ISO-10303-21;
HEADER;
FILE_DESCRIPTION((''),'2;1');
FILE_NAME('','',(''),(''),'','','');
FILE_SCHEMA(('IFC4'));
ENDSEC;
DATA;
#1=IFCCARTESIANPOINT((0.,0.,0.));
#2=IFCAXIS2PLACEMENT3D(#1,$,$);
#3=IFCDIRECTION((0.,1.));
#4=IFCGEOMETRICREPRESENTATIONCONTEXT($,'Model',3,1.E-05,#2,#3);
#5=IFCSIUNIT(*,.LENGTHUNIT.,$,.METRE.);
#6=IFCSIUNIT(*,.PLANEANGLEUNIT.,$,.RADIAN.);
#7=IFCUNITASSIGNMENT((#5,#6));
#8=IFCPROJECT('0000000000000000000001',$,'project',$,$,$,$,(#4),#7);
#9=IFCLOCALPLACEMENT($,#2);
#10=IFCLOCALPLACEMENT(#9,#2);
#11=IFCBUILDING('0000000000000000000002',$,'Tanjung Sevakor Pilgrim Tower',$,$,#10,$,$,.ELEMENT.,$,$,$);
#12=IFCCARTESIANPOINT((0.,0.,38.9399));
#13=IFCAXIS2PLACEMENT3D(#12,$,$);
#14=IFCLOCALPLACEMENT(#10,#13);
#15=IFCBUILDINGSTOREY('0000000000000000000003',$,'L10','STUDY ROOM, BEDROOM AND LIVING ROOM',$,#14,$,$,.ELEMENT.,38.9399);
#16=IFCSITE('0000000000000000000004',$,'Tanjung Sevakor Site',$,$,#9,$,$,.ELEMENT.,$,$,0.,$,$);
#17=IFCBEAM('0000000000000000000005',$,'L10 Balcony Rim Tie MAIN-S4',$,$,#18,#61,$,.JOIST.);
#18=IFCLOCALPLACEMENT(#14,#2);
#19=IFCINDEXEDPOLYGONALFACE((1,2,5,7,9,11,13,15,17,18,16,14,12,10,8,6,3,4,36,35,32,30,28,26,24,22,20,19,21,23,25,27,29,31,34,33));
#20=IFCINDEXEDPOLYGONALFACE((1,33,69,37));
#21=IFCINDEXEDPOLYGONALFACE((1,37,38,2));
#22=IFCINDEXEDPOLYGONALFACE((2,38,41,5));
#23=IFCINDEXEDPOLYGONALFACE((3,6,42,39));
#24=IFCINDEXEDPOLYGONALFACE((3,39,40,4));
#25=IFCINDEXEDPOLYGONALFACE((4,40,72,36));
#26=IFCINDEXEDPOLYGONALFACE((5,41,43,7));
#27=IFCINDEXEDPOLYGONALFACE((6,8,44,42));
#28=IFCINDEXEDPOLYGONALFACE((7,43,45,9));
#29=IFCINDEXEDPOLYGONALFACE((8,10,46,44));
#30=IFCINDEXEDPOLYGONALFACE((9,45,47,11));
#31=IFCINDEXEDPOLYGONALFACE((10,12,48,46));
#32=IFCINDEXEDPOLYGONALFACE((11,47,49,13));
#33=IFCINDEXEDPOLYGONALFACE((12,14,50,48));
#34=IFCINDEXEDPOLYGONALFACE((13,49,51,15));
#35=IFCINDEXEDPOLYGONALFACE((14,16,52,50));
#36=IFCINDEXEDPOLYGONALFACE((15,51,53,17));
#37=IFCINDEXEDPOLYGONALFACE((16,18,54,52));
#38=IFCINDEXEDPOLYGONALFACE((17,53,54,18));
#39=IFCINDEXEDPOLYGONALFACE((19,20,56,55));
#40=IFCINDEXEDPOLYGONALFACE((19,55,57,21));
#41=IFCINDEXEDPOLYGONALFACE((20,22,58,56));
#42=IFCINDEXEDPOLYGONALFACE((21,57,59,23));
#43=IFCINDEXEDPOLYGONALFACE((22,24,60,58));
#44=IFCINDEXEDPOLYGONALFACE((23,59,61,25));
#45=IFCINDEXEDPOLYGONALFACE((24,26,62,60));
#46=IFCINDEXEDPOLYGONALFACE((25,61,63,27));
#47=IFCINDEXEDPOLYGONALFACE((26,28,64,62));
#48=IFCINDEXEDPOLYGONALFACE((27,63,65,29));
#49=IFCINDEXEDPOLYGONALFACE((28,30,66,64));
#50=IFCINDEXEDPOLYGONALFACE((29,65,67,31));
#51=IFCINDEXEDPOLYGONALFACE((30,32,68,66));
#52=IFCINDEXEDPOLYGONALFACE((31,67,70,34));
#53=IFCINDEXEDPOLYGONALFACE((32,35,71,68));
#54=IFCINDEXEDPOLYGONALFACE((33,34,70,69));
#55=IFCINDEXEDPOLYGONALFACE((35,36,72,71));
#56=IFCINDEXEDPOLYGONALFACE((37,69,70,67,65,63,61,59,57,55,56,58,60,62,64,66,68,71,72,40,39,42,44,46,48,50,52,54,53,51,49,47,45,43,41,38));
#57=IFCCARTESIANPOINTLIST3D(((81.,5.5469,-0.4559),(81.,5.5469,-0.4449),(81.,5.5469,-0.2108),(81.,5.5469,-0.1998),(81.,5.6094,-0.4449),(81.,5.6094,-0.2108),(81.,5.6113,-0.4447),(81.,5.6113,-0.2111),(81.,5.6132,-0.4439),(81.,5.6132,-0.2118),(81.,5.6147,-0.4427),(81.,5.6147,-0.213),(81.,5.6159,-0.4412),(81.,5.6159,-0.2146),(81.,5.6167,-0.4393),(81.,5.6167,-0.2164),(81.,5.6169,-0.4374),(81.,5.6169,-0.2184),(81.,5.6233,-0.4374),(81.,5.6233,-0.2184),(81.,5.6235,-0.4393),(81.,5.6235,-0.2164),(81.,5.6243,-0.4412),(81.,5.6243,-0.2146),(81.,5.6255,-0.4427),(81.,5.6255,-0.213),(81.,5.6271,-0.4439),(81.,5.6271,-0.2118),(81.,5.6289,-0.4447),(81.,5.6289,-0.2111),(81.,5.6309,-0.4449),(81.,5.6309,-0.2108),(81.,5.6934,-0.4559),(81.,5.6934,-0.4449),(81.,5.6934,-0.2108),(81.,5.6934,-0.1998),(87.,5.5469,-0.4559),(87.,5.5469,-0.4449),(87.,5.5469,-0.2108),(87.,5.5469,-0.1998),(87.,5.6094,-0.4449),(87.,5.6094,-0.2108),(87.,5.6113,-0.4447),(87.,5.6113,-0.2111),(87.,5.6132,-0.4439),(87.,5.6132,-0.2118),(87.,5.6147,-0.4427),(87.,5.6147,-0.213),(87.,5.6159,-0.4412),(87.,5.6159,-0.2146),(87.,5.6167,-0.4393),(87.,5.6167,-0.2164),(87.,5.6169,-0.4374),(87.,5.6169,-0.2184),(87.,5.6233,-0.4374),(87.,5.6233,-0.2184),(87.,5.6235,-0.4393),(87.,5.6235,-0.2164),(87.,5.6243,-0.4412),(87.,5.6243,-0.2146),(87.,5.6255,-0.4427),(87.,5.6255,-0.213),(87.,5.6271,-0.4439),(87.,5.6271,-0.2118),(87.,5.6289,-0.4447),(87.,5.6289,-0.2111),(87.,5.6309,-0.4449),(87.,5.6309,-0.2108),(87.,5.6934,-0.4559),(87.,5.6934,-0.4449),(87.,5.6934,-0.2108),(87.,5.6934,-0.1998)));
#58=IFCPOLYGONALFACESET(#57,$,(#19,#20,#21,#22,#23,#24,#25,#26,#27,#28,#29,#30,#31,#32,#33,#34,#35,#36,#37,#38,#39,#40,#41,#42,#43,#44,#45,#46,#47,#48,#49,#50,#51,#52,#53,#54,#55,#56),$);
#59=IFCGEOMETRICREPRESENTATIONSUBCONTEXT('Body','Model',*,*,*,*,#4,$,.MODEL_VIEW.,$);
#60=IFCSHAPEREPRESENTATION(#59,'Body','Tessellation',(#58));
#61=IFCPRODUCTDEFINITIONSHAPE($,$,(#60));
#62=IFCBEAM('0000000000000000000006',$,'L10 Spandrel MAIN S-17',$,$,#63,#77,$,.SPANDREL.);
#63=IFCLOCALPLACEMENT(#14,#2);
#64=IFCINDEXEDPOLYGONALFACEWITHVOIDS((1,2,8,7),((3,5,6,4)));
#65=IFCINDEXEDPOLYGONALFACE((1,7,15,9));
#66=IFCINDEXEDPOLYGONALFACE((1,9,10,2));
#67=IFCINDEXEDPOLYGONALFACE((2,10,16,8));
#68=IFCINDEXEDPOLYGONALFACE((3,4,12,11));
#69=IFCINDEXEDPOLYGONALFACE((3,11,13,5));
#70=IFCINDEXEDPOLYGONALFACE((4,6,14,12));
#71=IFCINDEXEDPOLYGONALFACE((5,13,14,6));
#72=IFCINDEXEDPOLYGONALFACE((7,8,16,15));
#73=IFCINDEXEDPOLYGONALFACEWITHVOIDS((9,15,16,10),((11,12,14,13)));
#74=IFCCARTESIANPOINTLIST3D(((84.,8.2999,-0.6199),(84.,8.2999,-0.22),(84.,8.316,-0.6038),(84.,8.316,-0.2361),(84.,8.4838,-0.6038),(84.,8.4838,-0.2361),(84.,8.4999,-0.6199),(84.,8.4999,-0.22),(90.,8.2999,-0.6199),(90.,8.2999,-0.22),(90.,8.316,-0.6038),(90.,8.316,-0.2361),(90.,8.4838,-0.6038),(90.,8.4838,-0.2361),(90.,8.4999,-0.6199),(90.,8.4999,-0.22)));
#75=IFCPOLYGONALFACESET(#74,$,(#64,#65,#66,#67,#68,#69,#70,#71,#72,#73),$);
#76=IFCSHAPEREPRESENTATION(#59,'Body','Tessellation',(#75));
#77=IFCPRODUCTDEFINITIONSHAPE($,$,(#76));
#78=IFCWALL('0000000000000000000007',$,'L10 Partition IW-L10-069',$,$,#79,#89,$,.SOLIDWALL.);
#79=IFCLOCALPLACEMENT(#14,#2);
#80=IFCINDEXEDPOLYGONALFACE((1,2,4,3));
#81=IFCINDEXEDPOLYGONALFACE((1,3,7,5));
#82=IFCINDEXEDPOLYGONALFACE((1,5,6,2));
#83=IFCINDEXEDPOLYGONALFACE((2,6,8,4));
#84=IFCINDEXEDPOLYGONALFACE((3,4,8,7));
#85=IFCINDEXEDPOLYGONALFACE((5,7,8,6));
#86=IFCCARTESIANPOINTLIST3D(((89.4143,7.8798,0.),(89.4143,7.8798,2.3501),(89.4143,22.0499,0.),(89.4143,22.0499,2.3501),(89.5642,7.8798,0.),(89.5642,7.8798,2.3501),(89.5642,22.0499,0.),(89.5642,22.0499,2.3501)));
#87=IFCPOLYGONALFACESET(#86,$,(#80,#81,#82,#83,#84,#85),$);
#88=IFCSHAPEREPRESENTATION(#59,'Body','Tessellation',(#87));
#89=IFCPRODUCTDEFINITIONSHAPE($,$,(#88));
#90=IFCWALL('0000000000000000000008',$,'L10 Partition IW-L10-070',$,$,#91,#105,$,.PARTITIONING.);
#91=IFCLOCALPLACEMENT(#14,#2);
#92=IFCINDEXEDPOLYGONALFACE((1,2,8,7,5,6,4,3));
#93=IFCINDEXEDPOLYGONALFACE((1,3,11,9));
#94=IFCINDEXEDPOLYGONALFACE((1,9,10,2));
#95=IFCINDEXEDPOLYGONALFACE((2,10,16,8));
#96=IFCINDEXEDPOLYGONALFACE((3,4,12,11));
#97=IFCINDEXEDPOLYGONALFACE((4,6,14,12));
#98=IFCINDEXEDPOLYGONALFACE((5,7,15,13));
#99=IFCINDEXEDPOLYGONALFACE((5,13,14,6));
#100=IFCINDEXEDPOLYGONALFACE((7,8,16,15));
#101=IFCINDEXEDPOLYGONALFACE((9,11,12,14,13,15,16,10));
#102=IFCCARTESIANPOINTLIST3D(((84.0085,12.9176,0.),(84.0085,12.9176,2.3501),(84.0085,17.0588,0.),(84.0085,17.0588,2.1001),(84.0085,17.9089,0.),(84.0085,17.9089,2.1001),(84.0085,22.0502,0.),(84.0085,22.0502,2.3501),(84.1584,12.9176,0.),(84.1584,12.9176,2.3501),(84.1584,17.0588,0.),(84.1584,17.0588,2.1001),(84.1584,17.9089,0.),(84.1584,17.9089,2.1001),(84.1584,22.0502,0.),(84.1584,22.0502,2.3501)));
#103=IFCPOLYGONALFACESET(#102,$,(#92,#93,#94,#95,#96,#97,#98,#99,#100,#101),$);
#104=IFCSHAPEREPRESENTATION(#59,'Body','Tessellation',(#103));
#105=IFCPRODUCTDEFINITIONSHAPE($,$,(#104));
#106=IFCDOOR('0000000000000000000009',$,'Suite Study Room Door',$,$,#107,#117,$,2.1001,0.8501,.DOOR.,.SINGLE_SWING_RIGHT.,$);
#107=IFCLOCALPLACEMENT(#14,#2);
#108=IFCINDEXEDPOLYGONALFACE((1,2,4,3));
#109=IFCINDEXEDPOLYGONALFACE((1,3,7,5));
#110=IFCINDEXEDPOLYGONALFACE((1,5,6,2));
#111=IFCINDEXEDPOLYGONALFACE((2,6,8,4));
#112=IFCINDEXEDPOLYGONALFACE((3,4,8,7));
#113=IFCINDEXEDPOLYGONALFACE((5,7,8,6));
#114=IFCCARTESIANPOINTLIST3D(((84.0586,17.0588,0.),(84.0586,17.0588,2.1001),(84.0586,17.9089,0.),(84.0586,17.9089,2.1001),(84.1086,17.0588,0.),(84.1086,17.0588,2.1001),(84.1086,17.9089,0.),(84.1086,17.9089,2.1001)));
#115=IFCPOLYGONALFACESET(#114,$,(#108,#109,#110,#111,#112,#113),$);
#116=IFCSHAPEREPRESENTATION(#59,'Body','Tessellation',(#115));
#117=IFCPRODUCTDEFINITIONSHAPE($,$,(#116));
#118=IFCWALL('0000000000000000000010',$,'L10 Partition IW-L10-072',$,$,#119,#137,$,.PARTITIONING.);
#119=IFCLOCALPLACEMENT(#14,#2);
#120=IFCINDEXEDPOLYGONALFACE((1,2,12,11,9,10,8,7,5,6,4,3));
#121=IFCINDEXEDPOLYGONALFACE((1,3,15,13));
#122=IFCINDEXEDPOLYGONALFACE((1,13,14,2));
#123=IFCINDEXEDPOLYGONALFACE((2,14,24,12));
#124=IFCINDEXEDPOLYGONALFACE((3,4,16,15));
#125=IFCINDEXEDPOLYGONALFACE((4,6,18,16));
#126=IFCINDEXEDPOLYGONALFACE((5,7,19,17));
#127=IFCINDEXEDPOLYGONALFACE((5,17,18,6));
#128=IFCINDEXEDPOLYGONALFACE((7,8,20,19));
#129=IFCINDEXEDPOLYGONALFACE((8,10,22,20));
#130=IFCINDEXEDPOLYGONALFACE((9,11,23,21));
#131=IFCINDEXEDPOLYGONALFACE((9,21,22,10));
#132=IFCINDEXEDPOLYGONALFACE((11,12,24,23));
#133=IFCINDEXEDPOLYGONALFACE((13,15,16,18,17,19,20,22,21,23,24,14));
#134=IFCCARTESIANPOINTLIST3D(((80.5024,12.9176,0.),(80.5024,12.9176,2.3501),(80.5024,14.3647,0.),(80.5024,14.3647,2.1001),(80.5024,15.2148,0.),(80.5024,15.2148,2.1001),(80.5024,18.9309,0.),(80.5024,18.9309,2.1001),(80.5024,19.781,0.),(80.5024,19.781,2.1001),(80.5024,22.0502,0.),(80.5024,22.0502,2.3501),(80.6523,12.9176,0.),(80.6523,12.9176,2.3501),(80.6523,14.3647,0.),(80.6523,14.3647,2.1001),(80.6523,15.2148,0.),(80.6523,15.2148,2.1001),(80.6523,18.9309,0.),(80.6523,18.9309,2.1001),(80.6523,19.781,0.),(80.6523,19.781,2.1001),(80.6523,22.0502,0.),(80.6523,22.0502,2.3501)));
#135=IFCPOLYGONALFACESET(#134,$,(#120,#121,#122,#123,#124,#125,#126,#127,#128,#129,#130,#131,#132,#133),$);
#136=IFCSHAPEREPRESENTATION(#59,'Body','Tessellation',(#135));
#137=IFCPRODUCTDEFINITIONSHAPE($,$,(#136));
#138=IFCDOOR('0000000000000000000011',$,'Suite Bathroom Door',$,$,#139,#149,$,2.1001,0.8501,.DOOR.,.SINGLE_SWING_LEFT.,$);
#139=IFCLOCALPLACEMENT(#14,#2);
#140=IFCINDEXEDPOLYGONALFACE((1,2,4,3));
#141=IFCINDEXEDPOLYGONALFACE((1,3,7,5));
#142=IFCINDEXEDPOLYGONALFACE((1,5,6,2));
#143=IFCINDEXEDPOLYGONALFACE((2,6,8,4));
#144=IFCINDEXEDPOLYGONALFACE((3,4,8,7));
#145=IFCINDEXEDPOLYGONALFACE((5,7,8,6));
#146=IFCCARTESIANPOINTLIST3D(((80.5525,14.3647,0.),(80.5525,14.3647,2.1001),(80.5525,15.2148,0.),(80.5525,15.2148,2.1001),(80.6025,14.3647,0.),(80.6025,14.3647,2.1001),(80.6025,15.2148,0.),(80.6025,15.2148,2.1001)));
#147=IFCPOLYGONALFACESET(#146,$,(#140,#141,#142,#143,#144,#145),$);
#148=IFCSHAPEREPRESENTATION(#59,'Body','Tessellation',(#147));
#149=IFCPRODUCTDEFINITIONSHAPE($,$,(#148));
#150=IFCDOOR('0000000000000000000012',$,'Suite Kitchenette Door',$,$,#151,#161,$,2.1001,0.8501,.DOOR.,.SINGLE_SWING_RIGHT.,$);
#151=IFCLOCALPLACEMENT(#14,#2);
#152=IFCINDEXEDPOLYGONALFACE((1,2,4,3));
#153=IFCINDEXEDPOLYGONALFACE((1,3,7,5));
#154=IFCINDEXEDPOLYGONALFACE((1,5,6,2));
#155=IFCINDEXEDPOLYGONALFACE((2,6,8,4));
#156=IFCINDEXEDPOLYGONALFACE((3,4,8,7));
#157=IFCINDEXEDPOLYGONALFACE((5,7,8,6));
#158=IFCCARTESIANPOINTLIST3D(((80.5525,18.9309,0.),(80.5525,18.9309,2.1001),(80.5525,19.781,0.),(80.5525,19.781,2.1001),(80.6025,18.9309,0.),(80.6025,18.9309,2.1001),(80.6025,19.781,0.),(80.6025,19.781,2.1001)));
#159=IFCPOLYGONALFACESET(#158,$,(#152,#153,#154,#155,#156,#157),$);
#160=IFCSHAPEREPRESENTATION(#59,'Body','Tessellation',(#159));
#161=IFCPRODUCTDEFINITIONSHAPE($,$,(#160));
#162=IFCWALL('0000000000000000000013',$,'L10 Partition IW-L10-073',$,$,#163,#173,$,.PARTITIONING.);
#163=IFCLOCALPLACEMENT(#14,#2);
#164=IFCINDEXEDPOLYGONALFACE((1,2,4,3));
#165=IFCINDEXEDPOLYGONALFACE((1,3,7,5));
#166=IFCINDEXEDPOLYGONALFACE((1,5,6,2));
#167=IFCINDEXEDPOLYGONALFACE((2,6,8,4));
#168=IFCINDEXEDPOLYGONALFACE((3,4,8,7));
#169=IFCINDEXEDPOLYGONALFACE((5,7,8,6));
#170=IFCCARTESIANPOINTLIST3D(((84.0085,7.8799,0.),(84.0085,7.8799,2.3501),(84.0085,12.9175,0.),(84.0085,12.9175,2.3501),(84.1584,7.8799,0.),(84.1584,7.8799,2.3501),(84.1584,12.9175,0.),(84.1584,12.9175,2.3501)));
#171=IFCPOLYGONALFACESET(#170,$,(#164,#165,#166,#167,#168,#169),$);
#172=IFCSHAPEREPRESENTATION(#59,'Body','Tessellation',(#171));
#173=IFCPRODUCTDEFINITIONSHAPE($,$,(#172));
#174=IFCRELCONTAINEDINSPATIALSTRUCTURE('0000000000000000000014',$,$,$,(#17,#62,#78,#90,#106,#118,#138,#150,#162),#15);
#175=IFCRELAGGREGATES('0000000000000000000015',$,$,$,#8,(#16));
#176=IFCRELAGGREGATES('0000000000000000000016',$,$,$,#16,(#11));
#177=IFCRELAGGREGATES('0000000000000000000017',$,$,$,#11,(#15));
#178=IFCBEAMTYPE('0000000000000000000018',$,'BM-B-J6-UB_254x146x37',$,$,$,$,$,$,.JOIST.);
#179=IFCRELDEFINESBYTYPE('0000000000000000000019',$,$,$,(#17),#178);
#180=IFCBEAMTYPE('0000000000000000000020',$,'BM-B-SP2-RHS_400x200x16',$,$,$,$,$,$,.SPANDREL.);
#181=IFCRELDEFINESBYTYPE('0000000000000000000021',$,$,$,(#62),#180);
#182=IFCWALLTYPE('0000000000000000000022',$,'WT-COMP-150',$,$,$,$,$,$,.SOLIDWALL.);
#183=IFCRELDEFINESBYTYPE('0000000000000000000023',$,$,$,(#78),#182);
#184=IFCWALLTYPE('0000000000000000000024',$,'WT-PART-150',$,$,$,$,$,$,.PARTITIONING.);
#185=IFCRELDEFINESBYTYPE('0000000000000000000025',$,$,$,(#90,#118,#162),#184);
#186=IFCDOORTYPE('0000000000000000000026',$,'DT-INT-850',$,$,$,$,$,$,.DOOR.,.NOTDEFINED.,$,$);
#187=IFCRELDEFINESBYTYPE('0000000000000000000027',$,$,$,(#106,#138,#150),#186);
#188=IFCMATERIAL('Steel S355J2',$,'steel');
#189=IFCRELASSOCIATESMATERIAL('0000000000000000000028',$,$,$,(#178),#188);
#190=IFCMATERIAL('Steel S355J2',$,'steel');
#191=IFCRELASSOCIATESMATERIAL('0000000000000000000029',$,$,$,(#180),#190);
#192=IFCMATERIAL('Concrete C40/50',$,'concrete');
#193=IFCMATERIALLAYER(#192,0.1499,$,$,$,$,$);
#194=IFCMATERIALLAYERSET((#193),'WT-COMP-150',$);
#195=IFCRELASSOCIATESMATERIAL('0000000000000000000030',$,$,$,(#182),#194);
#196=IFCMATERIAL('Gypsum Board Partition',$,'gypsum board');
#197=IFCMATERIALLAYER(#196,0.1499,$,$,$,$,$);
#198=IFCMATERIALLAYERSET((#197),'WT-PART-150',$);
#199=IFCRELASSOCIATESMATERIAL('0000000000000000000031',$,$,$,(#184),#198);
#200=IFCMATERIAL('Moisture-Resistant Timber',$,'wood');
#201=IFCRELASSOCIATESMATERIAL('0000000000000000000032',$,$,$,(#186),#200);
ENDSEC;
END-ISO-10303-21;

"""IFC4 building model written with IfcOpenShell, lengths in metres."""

from ifc_helpers import new_model, si_unit, direction, frame, frame_2d, origin, origin_2d, place, context, subcontext, project, spatial, rectangle, hollow_rectangle, i_section, extrude, material, layer, layer_set, material_profile, profile_set, type_object, element, fill, save


model = new_model("IFC4")

# Units and contexts
model_context = context("Model", 3, precision=1e-05, world=origin(), true_north=direction((0.0, 1.0)))
body_context = subcontext(model_context, "Body", "Model", "MODEL_VIEW")
ifc_project = project(units=[si_unit("LENGTHUNIT", "METRE"), si_unit("PLANEANGLEUNIT", "RADIAN")], contexts=[model_context])

# Site, building, storey
site_placement = place(None, origin())
site = spatial("IfcSite", under=ifc_project, at=site_placement, Name="Tanjung Sevakor Site", CompositionType="ELEMENT", RefElevation=0.0)
building_placement = place(site_placement, origin())
building = spatial("IfcBuilding", under=site, at=building_placement, Name="Tanjung Sevakor Pilgrim Tower", CompositionType="ELEMENT")
storey_placement = place(building_placement, frame((0.0, 0.0, 38.9399)))
storey = spatial("IfcBuildingStorey", under=building, at=storey_placement, Name="L10", Description="STUDY ROOM, BEDROOM AND LIVING ROOM", CompositionType="ELEMENT", Elevation=38.9399)

# Beams
ifc_material_1 = material(Name="Steel S355J2", Category="steel")
ifc_material_profile_1 = material_profile(ifc_material_1, i_section(OverallWidth=0.1465, OverallDepth=0.2561, WebThickness=0.0063, FlangeThickness=0.011, FilletRadius=0.0076, at=origin_2d()))
ifc_profile_set_1 = profile_set([ifc_material_profile_1], Name="Steel S355J2")
beam_type_1 = type_object("IfcBeamType", Name="BM-B-J6-UB_254x146x37", PredefinedType="JOIST", material=ifc_profile_set_1)
beam_1_placement = place(storey_placement, frame((81.0, 5.6201, -0.3279), z_axis=(1.0, 0.0, 0.0), x_axis=(0.0, 1.0, 0.0)))
element("IfcBeam", 1, at=beam_1_placement, inside=storey, type_object=beam_type_1, Name="L10 Balcony Rim Tie MAIN-S4", PredefinedType="JOIST", context=body_context, shape_type="SweptSolid", body=[
    extrude(i_section(OverallWidth=0.1465, OverallDepth=0.2561, WebThickness=0.0063, FlangeThickness=0.011, FilletRadius=0.0076, at=origin_2d()), origin(), (0.0, 0.0, 1.0), 6.0),
])
ifc_material_2 = material(Name="Steel S355J2", Category="steel")
ifc_material_profile_2 = material_profile(ifc_material_2, hollow_rectangle(XDim=0.2, YDim=0.3999, WallThickness=0.0161, at=origin_2d()))
ifc_profile_set_2 = profile_set([ifc_material_profile_2], Name="Steel S355J2")
beam_type_2 = type_object("IfcBeamType", Name="BM-B-SP2-RHS_400x200x16", PredefinedType="SPANDREL", material=ifc_profile_set_2)
beam_2_placement = place(storey_placement, frame((84.0, 8.3999, -0.4199), z_axis=(1.0, 0.0, 0.0), x_axis=(0.0, 1.0, 0.0)))
element("IfcBeam", 2, at=beam_2_placement, inside=storey, type_object=beam_type_2, Name="L10 Spandrel MAIN S-17", PredefinedType="SPANDREL", context=body_context, shape_type="SweptSolid", body=[
    extrude(hollow_rectangle(XDim=0.2, YDim=0.3999, WallThickness=0.0161, at=origin_2d()), origin(), (0.0, 0.0, 1.0), 6.0),
])

# Wall
ifc_material_3 = material(Name="Concrete C40/50", Category="concrete")
ifc_layer_1 = layer(ifc_material_3, 0.1499)
ifc_layer_set_1 = layer_set([ifc_layer_1], Name="WT-COMP-150")
wall_type_1 = type_object("IfcWallType", Name="WT-COMP-150", PredefinedType="SOLIDWALL", material=ifc_layer_set_1)
wall_1_placement = place(storey_placement, frame((89.4893, 7.8799, 0.0), z_axis=(0.0, 0.0, 1.0), x_axis=(0.0, 1.0, 0.0)))
element("IfcWall", 3, at=wall_1_placement, inside=storey, type_object=wall_type_1, Name="L10 Partition IW-L10-069", PredefinedType="SOLIDWALL", context=body_context, shape_type="SweptSolid", body=[
    extrude(rectangle(XDim=14.1702, YDim=0.1499, at=frame_2d((7.085, 0.0))), origin(), (0.0, 0.0, 1.0), 2.3501),
])

# Wall, opening, door
ifc_material_4 = material(Name="Gypsum Board Partition", Category="gypsum board")
ifc_layer_2 = layer(ifc_material_4, 0.1499)
ifc_layer_set_2 = layer_set([ifc_layer_2], Name="WT-PART-150")
wall_type_2 = type_object("IfcWallType", Name="WT-PART-150", PredefinedType="PARTITIONING", material=ifc_layer_set_2)
wall_2_placement = place(storey_placement, frame((84.0835, 12.9175, 0.0), z_axis=(0.0, 0.0, 1.0), x_axis=(0.0, 1.0, 0.0)))
wall_2 = element("IfcWall", 4, at=wall_2_placement, inside=storey, type_object=wall_type_2, Name="L10 Partition IW-L10-070", PredefinedType="PARTITIONING", context=body_context, shape_type="SweptSolid", body=[
    extrude(rectangle(XDim=9.1326, YDim=0.1499, at=frame_2d((4.5664, 0.0))), origin(), (0.0, 0.0, 1.0), 2.3501),
])
opening_1_placement = place(wall_2_placement, frame((4.1414, 0.0, 0.0)))
opening_1 = element("IfcOpeningElement", 5, at=opening_1_placement, cuts=wall_2, PredefinedType="OPENING", context=body_context, shape_type="SweptSolid", body=[
    extrude(rectangle(XDim=0.8501, YDim=2.1001, at=frame_2d((0.425, 1.05))), frame((0.0, 0.085, 0.0), z_axis=(0.0, -1.0, 0.0), x_axis=(1.0, 0.0, 0.0)), (0.0, 0.0, 1.0), 0.1699),
])
ifc_material_5 = material(Name="Moisture-Resistant Timber", Category="wood")
door_type = type_object("IfcDoorType", Name="DT-INT-850", OperationType="NOTDEFINED", PredefinedType="DOOR", material=ifc_material_5)
door_1_placement = place(opening_1_placement, origin())
door_1 = element("IfcDoor", 6, at=door_1_placement, inside=storey, type_object=door_type, Name="Suite Study Room Door", OperationType="SINGLE_SWING_RIGHT", OverallHeight=2.1001, OverallWidth=0.8501, PredefinedType="DOOR", context=body_context, shape_type="SweptSolid", body=[
    extrude(rectangle(XDim=0.8501, YDim=2.1001, at=frame_2d((0.425, 1.05))), frame((0.0, 0.0249, 0.0), z_axis=(0.0, -1.0, 0.0), x_axis=(1.0, 0.0, 0.0)), (0.0, 0.0, 1.0), 0.05),
])
fill(opening_1, door_1)

# Wall, openings, doors
wall_3_placement = place(storey_placement, frame((80.5774, 12.9175, 0.0), z_axis=(0.0, 0.0, 1.0), x_axis=(0.0, 1.0, 0.0)))
wall_3 = element("IfcWall", 7, at=wall_3_placement, inside=storey, type_object=wall_type_2, Name="L10 Partition IW-L10-072", PredefinedType="PARTITIONING", context=body_context, shape_type="SweptSolid", body=[
    extrude(rectangle(XDim=9.1326, YDim=0.1499, at=frame_2d((4.5664, 0.0))), origin(), (0.0, 0.0, 1.0), 2.3501),
])
opening_2_placement = place(wall_3_placement, frame((1.4473, 0.0, 0.0)))
opening_2 = element("IfcOpeningElement", 8, at=opening_2_placement, cuts=wall_3, PredefinedType="OPENING", context=body_context, shape_type="SweptSolid", body=[
    extrude(rectangle(XDim=0.8501, YDim=2.1001, at=frame_2d((0.425, 1.05))), frame((0.0, 0.085, 0.0), z_axis=(0.0, -1.0, 0.0), x_axis=(1.0, 0.0, 0.0)), (0.0, 0.0, 1.0), 0.1699),
])
opening_3_placement = place(wall_3_placement, frame((6.0134, 0.0, 0.0)))
opening_3 = element("IfcOpeningElement", 9, at=opening_3_placement, cuts=wall_3, PredefinedType="OPENING", context=body_context, shape_type="SweptSolid", body=[
    extrude(rectangle(XDim=0.8501, YDim=2.1001, at=frame_2d((0.425, 1.05))), frame((0.0, 0.085, 0.0), z_axis=(0.0, -1.0, 0.0), x_axis=(1.0, 0.0, 0.0)), (0.0, 0.0, 1.0), 0.1699),
])
door_2_placement = place(opening_2_placement, origin())
door_2 = element("IfcDoor", 10, at=door_2_placement, inside=storey, type_object=door_type, Name="Suite Bathroom Door", OperationType="SINGLE_SWING_LEFT", OverallHeight=2.1001, OverallWidth=0.8501, PredefinedType="DOOR", context=body_context, shape_type="SweptSolid", body=[
    extrude(rectangle(XDim=0.8501, YDim=2.1001, at=frame_2d((0.425, 1.05))), frame((0.0, 0.0249, 0.0), z_axis=(0.0, -1.0, 0.0), x_axis=(1.0, 0.0, 0.0)), (0.0, 0.0, 1.0), 0.05),
])
fill(opening_2, door_2)
door_3_placement = place(opening_3_placement, origin())
door_3 = element("IfcDoor", 11, at=door_3_placement, inside=storey, type_object=door_type, Name="Suite Kitchenette Door", OperationType="SINGLE_SWING_RIGHT", OverallHeight=2.1001, OverallWidth=0.8501, PredefinedType="DOOR", context=body_context, shape_type="SweptSolid", body=[
    extrude(rectangle(XDim=0.8501, YDim=2.1001, at=frame_2d((0.425, 1.05))), frame((0.0, 0.0249, 0.0), z_axis=(0.0, -1.0, 0.0), x_axis=(1.0, 0.0, 0.0)), (0.0, 0.0, 1.0), 0.05),
])
fill(opening_3, door_3)

# Wall
wall_4_placement = place(storey_placement, frame((84.0835, 7.8799, 0.0), z_axis=(0.0, 0.0, 1.0), x_axis=(0.0, 1.0, 0.0)))
element("IfcWall", 12, at=wall_4_placement, inside=storey, type_object=wall_type_2, Name="L10 Partition IW-L10-073", PredefinedType="PARTITIONING", context=body_context, shape_type="SweptSolid", body=[
    extrude(rectangle(XDim=5.0376, YDim=0.1499, at=frame_2d((2.5188, 0.0))), origin(), (0.0, 0.0, 1.0), 2.3501),
])

save(model, "model.ifc")
